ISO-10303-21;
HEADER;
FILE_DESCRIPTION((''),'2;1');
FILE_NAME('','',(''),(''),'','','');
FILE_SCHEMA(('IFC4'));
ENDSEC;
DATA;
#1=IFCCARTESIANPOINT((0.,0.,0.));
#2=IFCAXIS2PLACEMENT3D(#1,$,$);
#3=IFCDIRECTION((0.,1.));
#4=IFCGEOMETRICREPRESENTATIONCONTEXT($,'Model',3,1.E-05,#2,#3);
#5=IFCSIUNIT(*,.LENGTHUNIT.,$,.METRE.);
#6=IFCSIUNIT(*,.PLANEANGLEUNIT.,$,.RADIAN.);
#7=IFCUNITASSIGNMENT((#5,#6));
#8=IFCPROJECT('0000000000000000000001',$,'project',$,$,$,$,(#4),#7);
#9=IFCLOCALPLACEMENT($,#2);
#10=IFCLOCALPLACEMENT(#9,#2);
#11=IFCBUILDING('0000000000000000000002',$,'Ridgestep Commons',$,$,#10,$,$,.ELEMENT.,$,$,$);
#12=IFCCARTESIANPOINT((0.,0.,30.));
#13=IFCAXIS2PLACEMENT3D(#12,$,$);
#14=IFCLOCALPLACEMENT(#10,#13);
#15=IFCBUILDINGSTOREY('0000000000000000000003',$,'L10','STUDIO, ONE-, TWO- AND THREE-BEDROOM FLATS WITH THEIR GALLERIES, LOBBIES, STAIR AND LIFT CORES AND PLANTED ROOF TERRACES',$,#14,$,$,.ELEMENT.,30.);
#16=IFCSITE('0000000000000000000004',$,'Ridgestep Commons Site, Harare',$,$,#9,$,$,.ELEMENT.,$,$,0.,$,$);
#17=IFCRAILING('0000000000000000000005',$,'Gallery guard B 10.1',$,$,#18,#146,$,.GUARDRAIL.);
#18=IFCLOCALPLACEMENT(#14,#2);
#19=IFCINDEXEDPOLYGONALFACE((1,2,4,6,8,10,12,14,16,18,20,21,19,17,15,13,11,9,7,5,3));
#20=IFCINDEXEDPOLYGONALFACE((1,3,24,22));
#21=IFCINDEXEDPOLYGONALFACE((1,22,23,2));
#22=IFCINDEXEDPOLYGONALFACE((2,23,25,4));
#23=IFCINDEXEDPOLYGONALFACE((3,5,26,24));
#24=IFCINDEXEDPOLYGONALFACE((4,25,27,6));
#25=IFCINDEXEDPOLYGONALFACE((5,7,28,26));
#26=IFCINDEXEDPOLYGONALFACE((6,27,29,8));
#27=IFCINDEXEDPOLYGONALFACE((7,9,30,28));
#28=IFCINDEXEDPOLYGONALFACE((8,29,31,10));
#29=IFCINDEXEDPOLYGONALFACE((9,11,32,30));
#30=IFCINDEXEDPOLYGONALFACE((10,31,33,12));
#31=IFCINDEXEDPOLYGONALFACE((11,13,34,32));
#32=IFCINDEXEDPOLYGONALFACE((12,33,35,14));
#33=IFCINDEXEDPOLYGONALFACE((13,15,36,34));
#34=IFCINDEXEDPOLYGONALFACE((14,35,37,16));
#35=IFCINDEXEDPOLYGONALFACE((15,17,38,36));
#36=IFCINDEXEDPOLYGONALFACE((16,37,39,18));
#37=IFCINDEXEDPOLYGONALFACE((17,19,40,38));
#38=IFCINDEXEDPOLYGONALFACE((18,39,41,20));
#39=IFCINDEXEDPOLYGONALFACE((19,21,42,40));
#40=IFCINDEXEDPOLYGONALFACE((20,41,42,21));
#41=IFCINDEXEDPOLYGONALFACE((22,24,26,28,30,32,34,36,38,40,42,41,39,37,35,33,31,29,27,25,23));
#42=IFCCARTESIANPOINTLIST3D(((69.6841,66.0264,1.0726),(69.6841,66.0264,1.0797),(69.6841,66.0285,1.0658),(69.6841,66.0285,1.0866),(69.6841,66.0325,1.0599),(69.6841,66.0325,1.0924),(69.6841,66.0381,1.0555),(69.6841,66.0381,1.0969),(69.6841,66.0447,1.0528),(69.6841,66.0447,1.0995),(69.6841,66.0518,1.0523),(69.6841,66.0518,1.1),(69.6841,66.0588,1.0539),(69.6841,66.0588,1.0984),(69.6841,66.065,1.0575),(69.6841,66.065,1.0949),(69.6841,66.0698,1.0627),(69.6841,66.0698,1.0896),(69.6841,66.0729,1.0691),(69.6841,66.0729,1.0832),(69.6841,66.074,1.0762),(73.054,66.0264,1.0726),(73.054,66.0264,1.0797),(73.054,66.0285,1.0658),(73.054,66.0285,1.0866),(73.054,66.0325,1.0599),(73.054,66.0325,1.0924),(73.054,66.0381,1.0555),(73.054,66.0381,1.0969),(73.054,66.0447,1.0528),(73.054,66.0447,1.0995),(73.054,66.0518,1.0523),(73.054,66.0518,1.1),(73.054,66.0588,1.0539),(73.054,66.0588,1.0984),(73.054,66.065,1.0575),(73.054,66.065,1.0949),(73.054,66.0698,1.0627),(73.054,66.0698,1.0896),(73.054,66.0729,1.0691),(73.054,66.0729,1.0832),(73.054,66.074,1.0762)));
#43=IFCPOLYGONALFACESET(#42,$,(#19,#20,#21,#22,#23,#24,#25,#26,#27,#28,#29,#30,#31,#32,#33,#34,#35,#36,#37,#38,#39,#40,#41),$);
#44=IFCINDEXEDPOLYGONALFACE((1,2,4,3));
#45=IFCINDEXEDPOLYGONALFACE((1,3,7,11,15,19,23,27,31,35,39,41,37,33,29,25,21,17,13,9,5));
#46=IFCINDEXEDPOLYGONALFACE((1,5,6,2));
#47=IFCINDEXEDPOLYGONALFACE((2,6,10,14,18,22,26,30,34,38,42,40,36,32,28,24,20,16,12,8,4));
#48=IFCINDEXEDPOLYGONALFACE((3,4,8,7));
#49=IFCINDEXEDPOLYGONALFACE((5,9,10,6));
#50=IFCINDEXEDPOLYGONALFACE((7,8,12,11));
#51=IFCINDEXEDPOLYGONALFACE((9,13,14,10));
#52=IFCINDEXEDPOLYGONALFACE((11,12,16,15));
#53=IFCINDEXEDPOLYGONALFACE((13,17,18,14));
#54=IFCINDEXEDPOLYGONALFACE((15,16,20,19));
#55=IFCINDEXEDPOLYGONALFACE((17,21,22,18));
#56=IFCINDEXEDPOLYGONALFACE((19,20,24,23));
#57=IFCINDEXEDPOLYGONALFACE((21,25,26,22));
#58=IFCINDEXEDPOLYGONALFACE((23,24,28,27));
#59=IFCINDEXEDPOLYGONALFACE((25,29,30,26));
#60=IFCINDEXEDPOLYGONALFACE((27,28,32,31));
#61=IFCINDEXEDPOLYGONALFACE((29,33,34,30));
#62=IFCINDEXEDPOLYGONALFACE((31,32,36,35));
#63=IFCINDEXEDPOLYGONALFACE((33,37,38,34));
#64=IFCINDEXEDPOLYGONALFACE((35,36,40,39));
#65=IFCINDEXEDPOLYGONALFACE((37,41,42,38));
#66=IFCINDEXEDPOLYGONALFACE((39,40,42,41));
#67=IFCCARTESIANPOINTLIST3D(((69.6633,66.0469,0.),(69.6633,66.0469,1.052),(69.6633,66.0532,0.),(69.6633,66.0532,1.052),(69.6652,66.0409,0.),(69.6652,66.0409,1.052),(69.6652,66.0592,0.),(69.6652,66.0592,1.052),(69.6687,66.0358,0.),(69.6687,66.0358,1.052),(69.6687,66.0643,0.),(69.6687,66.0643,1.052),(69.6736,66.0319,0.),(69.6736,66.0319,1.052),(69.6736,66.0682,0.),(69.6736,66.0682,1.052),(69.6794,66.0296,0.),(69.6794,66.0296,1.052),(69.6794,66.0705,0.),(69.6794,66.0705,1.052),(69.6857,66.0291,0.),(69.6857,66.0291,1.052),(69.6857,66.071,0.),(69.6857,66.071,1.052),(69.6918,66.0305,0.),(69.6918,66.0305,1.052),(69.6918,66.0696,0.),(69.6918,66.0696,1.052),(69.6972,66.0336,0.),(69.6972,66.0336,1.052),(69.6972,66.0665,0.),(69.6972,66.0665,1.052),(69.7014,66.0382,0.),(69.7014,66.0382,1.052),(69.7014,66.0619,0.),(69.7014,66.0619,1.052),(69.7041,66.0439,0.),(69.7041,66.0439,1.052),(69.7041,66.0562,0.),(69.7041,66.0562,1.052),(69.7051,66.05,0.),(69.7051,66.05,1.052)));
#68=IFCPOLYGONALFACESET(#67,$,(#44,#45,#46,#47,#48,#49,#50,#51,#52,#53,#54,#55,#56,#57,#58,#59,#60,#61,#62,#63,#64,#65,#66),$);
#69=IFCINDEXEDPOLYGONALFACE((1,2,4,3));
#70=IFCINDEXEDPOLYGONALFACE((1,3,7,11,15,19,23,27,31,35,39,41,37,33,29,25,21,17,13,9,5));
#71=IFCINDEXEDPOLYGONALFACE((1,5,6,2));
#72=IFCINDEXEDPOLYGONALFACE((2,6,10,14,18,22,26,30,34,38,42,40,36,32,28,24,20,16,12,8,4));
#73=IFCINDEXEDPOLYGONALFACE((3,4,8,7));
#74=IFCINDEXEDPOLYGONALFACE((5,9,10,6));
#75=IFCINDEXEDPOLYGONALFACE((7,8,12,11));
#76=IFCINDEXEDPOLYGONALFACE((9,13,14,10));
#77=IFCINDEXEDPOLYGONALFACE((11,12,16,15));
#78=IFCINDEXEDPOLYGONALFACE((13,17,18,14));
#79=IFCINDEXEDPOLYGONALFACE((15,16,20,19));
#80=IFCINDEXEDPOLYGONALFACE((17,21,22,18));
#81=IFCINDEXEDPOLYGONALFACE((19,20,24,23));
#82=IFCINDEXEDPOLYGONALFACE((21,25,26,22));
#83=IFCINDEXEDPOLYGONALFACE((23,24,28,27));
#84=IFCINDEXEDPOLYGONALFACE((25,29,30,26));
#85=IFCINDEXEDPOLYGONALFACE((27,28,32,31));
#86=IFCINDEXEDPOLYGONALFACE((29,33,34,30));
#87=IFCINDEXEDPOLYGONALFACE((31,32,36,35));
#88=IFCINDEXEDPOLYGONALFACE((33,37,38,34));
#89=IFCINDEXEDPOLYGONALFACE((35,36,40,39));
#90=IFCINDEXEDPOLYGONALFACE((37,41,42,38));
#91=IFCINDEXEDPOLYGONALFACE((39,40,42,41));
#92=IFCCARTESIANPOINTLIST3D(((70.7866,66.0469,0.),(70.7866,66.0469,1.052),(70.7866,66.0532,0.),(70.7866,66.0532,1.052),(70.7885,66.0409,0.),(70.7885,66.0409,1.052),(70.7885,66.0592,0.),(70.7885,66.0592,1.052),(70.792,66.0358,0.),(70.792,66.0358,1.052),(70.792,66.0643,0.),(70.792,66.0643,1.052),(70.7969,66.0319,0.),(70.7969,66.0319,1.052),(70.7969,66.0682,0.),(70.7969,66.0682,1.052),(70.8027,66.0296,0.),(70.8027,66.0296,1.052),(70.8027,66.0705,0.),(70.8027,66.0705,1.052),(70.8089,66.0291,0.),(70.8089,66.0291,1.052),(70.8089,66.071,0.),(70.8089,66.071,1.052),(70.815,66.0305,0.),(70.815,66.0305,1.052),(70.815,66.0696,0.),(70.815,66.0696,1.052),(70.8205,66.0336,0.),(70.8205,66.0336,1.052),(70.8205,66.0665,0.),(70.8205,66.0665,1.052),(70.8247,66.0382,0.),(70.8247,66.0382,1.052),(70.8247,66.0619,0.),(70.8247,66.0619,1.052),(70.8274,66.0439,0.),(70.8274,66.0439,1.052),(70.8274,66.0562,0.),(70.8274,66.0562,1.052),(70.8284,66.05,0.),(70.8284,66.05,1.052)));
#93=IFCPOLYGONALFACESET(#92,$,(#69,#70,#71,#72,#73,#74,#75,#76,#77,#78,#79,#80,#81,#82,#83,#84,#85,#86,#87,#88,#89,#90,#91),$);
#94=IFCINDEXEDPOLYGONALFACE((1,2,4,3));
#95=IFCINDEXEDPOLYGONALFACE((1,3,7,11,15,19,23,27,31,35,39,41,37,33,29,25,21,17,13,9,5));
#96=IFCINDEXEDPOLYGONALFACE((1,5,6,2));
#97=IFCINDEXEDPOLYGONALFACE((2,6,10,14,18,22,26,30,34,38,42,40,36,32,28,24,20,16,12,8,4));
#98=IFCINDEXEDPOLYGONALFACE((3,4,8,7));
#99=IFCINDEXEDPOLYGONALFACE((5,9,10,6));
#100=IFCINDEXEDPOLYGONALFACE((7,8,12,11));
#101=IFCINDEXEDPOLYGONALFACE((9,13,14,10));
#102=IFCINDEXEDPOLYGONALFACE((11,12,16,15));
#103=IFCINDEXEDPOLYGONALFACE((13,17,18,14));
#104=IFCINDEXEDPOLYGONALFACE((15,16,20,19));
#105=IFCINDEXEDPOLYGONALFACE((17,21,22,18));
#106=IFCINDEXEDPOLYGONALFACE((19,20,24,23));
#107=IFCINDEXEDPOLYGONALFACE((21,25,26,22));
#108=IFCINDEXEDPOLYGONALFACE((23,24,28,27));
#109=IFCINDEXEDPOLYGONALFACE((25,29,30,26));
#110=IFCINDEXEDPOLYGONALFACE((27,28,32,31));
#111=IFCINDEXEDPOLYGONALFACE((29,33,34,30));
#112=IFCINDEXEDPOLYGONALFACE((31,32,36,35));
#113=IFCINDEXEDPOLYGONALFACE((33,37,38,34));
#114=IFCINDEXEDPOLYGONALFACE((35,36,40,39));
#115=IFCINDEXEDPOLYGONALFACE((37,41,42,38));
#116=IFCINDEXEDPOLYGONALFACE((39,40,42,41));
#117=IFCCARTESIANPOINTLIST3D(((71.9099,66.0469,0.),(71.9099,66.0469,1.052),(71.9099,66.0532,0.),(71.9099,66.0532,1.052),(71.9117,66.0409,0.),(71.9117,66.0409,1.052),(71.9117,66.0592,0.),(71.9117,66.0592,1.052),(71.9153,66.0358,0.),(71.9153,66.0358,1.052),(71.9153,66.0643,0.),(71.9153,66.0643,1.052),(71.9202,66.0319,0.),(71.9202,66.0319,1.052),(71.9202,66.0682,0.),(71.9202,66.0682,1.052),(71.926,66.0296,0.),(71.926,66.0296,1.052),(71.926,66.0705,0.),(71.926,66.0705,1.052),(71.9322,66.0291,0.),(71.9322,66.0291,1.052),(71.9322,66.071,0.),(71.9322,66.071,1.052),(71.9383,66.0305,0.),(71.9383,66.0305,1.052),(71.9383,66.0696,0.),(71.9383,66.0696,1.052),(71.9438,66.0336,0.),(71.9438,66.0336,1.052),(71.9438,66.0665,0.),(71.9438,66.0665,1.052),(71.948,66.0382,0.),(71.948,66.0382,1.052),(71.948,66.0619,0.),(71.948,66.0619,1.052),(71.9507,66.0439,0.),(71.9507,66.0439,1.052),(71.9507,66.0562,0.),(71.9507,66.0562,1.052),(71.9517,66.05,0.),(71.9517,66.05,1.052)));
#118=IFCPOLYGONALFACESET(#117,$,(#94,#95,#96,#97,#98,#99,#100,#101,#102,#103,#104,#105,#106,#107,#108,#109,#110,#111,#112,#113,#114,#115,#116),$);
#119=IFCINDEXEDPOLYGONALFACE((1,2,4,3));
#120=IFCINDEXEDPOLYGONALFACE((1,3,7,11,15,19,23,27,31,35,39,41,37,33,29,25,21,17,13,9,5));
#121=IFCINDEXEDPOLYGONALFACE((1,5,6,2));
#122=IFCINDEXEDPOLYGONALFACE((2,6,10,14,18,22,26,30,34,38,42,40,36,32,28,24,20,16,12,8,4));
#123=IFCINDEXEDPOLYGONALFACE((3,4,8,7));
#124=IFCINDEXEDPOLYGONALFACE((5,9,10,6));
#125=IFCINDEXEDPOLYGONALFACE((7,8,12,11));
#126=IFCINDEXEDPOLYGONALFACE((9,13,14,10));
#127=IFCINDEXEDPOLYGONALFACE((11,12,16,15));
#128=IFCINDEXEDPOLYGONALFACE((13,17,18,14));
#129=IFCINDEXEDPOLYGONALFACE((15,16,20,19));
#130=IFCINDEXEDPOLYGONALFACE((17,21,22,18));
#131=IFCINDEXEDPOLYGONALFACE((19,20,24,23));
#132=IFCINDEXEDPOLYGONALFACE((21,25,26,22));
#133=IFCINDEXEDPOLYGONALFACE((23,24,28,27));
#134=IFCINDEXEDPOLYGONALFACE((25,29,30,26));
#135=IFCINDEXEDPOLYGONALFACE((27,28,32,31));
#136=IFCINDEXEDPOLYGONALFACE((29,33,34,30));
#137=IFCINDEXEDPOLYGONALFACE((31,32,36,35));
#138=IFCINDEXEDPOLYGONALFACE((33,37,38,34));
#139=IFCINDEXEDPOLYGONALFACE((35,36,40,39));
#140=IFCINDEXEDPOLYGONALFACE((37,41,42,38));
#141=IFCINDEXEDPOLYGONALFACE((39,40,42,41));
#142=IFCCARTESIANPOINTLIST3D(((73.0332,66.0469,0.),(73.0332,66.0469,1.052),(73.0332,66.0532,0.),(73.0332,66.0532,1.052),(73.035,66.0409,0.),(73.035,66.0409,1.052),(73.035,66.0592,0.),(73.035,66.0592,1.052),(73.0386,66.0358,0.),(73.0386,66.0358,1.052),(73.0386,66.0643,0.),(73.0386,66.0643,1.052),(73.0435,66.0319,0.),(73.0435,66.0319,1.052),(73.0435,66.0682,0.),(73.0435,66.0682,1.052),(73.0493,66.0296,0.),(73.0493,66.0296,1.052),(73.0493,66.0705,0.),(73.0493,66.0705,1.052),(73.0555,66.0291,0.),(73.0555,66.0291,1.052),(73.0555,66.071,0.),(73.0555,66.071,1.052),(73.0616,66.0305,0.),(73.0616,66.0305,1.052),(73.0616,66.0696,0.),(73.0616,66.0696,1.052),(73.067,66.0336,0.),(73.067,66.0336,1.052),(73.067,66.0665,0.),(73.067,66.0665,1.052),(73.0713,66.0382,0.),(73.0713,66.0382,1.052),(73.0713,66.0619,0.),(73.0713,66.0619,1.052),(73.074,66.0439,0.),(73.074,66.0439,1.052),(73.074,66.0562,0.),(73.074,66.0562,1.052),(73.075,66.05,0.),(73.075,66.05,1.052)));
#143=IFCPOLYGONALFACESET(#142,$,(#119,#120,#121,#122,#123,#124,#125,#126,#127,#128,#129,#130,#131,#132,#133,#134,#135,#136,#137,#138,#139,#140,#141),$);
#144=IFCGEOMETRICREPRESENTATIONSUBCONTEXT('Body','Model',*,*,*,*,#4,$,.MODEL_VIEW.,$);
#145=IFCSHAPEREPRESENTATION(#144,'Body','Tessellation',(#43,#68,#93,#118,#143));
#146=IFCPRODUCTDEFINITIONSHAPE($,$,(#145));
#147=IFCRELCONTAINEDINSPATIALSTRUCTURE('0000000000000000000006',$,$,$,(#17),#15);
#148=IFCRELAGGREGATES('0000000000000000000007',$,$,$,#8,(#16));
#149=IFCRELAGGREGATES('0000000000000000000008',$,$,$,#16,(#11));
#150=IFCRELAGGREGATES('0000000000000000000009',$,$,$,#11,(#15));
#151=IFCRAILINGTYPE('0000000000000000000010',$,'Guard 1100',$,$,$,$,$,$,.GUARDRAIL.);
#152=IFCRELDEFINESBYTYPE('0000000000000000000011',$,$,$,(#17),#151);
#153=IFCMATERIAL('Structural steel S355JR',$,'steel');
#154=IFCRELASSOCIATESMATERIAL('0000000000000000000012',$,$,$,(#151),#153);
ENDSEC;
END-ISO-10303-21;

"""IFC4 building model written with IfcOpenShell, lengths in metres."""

from ifc_helpers import new_model, si_unit, direction, frame, origin, origin_2d, place, context, subcontext, project, spatial, circle, extrude, material, type_object, element, save


model = new_model("IFC4")

# Units and contexts
model_context = context("Model", 3, precision=1e-05, world=origin(), true_north=direction((0.0, 1.0)))
body_context = subcontext(model_context, "Body", "Model", "MODEL_VIEW")
ifc_project = project(units=[si_unit("LENGTHUNIT", "METRE"), si_unit("PLANEANGLEUNIT", "RADIAN")], contexts=[model_context])

# Site, building, storey
site_placement = place(None, origin())
site = spatial("IfcSite", under=ifc_project, at=site_placement, Name="Ridgestep Commons Site, Harare", CompositionType="ELEMENT", RefElevation=0.0)
building_placement = place(site_placement, origin())
building = spatial("IfcBuilding", under=site, at=building_placement, Name="Ridgestep Commons", CompositionType="ELEMENT")
storey_placement = place(building_placement, frame((0.0, 0.0, 30.0)))
storey = spatial("IfcBuildingStorey", under=building, at=storey_placement, Name="L10", Description="STUDIO, ONE-, TWO- AND THREE-BEDROOM FLATS WITH THEIR GALLERIES, LOBBIES, STAIR AND LIFT CORES AND PLANTED ROOF TERRACES", CompositionType="ELEMENT", Elevation=30.0)

# Railing
ifc_material_1 = material(Name="Structural steel S355JR", Category="steel")
railing_type = type_object("IfcRailingType", Name="Guard 1100", PredefinedType="GUARDRAIL", material=ifc_material_1)
railing_1_placement = place(storey_placement, frame((69.6841, 66.05, 0.0)))
element("IfcRailing", 1, at=railing_1_placement, inside=storey, type_object=railing_type, Name="Gallery guard B 10.1", PredefinedType="GUARDRAIL", context=body_context, shape_type="SweptSolid", body=[
    extrude(circle(Radius=0.0239, at=origin_2d()), frame((0.0, 0.0, 1.0762), z_axis=(1.0, 0.0, 0.0), x_axis=(0.0, 1.0, 0.0)), (0.0, 0.0, 1.0), 3.3699),
    extrude(circle(Radius=0.021, at=origin_2d()), origin(), (0.0, 0.0, 1.0), 1.052),
    extrude(circle(Radius=0.021, at=origin_2d()), frame((1.1233, 0.0, 0.0)), (0.0, 0.0, 1.0), 1.052),
    extrude(circle(Radius=0.021, at=origin_2d()), frame((2.2466, 0.0, 0.0)), (0.0, 0.0, 1.0), 1.052),
    extrude(circle(Radius=0.021, at=origin_2d()), frame((3.3699, 0.0, 0.0)), (0.0, 0.0, 1.0), 1.052),
])

save(model, "model.ifc")
